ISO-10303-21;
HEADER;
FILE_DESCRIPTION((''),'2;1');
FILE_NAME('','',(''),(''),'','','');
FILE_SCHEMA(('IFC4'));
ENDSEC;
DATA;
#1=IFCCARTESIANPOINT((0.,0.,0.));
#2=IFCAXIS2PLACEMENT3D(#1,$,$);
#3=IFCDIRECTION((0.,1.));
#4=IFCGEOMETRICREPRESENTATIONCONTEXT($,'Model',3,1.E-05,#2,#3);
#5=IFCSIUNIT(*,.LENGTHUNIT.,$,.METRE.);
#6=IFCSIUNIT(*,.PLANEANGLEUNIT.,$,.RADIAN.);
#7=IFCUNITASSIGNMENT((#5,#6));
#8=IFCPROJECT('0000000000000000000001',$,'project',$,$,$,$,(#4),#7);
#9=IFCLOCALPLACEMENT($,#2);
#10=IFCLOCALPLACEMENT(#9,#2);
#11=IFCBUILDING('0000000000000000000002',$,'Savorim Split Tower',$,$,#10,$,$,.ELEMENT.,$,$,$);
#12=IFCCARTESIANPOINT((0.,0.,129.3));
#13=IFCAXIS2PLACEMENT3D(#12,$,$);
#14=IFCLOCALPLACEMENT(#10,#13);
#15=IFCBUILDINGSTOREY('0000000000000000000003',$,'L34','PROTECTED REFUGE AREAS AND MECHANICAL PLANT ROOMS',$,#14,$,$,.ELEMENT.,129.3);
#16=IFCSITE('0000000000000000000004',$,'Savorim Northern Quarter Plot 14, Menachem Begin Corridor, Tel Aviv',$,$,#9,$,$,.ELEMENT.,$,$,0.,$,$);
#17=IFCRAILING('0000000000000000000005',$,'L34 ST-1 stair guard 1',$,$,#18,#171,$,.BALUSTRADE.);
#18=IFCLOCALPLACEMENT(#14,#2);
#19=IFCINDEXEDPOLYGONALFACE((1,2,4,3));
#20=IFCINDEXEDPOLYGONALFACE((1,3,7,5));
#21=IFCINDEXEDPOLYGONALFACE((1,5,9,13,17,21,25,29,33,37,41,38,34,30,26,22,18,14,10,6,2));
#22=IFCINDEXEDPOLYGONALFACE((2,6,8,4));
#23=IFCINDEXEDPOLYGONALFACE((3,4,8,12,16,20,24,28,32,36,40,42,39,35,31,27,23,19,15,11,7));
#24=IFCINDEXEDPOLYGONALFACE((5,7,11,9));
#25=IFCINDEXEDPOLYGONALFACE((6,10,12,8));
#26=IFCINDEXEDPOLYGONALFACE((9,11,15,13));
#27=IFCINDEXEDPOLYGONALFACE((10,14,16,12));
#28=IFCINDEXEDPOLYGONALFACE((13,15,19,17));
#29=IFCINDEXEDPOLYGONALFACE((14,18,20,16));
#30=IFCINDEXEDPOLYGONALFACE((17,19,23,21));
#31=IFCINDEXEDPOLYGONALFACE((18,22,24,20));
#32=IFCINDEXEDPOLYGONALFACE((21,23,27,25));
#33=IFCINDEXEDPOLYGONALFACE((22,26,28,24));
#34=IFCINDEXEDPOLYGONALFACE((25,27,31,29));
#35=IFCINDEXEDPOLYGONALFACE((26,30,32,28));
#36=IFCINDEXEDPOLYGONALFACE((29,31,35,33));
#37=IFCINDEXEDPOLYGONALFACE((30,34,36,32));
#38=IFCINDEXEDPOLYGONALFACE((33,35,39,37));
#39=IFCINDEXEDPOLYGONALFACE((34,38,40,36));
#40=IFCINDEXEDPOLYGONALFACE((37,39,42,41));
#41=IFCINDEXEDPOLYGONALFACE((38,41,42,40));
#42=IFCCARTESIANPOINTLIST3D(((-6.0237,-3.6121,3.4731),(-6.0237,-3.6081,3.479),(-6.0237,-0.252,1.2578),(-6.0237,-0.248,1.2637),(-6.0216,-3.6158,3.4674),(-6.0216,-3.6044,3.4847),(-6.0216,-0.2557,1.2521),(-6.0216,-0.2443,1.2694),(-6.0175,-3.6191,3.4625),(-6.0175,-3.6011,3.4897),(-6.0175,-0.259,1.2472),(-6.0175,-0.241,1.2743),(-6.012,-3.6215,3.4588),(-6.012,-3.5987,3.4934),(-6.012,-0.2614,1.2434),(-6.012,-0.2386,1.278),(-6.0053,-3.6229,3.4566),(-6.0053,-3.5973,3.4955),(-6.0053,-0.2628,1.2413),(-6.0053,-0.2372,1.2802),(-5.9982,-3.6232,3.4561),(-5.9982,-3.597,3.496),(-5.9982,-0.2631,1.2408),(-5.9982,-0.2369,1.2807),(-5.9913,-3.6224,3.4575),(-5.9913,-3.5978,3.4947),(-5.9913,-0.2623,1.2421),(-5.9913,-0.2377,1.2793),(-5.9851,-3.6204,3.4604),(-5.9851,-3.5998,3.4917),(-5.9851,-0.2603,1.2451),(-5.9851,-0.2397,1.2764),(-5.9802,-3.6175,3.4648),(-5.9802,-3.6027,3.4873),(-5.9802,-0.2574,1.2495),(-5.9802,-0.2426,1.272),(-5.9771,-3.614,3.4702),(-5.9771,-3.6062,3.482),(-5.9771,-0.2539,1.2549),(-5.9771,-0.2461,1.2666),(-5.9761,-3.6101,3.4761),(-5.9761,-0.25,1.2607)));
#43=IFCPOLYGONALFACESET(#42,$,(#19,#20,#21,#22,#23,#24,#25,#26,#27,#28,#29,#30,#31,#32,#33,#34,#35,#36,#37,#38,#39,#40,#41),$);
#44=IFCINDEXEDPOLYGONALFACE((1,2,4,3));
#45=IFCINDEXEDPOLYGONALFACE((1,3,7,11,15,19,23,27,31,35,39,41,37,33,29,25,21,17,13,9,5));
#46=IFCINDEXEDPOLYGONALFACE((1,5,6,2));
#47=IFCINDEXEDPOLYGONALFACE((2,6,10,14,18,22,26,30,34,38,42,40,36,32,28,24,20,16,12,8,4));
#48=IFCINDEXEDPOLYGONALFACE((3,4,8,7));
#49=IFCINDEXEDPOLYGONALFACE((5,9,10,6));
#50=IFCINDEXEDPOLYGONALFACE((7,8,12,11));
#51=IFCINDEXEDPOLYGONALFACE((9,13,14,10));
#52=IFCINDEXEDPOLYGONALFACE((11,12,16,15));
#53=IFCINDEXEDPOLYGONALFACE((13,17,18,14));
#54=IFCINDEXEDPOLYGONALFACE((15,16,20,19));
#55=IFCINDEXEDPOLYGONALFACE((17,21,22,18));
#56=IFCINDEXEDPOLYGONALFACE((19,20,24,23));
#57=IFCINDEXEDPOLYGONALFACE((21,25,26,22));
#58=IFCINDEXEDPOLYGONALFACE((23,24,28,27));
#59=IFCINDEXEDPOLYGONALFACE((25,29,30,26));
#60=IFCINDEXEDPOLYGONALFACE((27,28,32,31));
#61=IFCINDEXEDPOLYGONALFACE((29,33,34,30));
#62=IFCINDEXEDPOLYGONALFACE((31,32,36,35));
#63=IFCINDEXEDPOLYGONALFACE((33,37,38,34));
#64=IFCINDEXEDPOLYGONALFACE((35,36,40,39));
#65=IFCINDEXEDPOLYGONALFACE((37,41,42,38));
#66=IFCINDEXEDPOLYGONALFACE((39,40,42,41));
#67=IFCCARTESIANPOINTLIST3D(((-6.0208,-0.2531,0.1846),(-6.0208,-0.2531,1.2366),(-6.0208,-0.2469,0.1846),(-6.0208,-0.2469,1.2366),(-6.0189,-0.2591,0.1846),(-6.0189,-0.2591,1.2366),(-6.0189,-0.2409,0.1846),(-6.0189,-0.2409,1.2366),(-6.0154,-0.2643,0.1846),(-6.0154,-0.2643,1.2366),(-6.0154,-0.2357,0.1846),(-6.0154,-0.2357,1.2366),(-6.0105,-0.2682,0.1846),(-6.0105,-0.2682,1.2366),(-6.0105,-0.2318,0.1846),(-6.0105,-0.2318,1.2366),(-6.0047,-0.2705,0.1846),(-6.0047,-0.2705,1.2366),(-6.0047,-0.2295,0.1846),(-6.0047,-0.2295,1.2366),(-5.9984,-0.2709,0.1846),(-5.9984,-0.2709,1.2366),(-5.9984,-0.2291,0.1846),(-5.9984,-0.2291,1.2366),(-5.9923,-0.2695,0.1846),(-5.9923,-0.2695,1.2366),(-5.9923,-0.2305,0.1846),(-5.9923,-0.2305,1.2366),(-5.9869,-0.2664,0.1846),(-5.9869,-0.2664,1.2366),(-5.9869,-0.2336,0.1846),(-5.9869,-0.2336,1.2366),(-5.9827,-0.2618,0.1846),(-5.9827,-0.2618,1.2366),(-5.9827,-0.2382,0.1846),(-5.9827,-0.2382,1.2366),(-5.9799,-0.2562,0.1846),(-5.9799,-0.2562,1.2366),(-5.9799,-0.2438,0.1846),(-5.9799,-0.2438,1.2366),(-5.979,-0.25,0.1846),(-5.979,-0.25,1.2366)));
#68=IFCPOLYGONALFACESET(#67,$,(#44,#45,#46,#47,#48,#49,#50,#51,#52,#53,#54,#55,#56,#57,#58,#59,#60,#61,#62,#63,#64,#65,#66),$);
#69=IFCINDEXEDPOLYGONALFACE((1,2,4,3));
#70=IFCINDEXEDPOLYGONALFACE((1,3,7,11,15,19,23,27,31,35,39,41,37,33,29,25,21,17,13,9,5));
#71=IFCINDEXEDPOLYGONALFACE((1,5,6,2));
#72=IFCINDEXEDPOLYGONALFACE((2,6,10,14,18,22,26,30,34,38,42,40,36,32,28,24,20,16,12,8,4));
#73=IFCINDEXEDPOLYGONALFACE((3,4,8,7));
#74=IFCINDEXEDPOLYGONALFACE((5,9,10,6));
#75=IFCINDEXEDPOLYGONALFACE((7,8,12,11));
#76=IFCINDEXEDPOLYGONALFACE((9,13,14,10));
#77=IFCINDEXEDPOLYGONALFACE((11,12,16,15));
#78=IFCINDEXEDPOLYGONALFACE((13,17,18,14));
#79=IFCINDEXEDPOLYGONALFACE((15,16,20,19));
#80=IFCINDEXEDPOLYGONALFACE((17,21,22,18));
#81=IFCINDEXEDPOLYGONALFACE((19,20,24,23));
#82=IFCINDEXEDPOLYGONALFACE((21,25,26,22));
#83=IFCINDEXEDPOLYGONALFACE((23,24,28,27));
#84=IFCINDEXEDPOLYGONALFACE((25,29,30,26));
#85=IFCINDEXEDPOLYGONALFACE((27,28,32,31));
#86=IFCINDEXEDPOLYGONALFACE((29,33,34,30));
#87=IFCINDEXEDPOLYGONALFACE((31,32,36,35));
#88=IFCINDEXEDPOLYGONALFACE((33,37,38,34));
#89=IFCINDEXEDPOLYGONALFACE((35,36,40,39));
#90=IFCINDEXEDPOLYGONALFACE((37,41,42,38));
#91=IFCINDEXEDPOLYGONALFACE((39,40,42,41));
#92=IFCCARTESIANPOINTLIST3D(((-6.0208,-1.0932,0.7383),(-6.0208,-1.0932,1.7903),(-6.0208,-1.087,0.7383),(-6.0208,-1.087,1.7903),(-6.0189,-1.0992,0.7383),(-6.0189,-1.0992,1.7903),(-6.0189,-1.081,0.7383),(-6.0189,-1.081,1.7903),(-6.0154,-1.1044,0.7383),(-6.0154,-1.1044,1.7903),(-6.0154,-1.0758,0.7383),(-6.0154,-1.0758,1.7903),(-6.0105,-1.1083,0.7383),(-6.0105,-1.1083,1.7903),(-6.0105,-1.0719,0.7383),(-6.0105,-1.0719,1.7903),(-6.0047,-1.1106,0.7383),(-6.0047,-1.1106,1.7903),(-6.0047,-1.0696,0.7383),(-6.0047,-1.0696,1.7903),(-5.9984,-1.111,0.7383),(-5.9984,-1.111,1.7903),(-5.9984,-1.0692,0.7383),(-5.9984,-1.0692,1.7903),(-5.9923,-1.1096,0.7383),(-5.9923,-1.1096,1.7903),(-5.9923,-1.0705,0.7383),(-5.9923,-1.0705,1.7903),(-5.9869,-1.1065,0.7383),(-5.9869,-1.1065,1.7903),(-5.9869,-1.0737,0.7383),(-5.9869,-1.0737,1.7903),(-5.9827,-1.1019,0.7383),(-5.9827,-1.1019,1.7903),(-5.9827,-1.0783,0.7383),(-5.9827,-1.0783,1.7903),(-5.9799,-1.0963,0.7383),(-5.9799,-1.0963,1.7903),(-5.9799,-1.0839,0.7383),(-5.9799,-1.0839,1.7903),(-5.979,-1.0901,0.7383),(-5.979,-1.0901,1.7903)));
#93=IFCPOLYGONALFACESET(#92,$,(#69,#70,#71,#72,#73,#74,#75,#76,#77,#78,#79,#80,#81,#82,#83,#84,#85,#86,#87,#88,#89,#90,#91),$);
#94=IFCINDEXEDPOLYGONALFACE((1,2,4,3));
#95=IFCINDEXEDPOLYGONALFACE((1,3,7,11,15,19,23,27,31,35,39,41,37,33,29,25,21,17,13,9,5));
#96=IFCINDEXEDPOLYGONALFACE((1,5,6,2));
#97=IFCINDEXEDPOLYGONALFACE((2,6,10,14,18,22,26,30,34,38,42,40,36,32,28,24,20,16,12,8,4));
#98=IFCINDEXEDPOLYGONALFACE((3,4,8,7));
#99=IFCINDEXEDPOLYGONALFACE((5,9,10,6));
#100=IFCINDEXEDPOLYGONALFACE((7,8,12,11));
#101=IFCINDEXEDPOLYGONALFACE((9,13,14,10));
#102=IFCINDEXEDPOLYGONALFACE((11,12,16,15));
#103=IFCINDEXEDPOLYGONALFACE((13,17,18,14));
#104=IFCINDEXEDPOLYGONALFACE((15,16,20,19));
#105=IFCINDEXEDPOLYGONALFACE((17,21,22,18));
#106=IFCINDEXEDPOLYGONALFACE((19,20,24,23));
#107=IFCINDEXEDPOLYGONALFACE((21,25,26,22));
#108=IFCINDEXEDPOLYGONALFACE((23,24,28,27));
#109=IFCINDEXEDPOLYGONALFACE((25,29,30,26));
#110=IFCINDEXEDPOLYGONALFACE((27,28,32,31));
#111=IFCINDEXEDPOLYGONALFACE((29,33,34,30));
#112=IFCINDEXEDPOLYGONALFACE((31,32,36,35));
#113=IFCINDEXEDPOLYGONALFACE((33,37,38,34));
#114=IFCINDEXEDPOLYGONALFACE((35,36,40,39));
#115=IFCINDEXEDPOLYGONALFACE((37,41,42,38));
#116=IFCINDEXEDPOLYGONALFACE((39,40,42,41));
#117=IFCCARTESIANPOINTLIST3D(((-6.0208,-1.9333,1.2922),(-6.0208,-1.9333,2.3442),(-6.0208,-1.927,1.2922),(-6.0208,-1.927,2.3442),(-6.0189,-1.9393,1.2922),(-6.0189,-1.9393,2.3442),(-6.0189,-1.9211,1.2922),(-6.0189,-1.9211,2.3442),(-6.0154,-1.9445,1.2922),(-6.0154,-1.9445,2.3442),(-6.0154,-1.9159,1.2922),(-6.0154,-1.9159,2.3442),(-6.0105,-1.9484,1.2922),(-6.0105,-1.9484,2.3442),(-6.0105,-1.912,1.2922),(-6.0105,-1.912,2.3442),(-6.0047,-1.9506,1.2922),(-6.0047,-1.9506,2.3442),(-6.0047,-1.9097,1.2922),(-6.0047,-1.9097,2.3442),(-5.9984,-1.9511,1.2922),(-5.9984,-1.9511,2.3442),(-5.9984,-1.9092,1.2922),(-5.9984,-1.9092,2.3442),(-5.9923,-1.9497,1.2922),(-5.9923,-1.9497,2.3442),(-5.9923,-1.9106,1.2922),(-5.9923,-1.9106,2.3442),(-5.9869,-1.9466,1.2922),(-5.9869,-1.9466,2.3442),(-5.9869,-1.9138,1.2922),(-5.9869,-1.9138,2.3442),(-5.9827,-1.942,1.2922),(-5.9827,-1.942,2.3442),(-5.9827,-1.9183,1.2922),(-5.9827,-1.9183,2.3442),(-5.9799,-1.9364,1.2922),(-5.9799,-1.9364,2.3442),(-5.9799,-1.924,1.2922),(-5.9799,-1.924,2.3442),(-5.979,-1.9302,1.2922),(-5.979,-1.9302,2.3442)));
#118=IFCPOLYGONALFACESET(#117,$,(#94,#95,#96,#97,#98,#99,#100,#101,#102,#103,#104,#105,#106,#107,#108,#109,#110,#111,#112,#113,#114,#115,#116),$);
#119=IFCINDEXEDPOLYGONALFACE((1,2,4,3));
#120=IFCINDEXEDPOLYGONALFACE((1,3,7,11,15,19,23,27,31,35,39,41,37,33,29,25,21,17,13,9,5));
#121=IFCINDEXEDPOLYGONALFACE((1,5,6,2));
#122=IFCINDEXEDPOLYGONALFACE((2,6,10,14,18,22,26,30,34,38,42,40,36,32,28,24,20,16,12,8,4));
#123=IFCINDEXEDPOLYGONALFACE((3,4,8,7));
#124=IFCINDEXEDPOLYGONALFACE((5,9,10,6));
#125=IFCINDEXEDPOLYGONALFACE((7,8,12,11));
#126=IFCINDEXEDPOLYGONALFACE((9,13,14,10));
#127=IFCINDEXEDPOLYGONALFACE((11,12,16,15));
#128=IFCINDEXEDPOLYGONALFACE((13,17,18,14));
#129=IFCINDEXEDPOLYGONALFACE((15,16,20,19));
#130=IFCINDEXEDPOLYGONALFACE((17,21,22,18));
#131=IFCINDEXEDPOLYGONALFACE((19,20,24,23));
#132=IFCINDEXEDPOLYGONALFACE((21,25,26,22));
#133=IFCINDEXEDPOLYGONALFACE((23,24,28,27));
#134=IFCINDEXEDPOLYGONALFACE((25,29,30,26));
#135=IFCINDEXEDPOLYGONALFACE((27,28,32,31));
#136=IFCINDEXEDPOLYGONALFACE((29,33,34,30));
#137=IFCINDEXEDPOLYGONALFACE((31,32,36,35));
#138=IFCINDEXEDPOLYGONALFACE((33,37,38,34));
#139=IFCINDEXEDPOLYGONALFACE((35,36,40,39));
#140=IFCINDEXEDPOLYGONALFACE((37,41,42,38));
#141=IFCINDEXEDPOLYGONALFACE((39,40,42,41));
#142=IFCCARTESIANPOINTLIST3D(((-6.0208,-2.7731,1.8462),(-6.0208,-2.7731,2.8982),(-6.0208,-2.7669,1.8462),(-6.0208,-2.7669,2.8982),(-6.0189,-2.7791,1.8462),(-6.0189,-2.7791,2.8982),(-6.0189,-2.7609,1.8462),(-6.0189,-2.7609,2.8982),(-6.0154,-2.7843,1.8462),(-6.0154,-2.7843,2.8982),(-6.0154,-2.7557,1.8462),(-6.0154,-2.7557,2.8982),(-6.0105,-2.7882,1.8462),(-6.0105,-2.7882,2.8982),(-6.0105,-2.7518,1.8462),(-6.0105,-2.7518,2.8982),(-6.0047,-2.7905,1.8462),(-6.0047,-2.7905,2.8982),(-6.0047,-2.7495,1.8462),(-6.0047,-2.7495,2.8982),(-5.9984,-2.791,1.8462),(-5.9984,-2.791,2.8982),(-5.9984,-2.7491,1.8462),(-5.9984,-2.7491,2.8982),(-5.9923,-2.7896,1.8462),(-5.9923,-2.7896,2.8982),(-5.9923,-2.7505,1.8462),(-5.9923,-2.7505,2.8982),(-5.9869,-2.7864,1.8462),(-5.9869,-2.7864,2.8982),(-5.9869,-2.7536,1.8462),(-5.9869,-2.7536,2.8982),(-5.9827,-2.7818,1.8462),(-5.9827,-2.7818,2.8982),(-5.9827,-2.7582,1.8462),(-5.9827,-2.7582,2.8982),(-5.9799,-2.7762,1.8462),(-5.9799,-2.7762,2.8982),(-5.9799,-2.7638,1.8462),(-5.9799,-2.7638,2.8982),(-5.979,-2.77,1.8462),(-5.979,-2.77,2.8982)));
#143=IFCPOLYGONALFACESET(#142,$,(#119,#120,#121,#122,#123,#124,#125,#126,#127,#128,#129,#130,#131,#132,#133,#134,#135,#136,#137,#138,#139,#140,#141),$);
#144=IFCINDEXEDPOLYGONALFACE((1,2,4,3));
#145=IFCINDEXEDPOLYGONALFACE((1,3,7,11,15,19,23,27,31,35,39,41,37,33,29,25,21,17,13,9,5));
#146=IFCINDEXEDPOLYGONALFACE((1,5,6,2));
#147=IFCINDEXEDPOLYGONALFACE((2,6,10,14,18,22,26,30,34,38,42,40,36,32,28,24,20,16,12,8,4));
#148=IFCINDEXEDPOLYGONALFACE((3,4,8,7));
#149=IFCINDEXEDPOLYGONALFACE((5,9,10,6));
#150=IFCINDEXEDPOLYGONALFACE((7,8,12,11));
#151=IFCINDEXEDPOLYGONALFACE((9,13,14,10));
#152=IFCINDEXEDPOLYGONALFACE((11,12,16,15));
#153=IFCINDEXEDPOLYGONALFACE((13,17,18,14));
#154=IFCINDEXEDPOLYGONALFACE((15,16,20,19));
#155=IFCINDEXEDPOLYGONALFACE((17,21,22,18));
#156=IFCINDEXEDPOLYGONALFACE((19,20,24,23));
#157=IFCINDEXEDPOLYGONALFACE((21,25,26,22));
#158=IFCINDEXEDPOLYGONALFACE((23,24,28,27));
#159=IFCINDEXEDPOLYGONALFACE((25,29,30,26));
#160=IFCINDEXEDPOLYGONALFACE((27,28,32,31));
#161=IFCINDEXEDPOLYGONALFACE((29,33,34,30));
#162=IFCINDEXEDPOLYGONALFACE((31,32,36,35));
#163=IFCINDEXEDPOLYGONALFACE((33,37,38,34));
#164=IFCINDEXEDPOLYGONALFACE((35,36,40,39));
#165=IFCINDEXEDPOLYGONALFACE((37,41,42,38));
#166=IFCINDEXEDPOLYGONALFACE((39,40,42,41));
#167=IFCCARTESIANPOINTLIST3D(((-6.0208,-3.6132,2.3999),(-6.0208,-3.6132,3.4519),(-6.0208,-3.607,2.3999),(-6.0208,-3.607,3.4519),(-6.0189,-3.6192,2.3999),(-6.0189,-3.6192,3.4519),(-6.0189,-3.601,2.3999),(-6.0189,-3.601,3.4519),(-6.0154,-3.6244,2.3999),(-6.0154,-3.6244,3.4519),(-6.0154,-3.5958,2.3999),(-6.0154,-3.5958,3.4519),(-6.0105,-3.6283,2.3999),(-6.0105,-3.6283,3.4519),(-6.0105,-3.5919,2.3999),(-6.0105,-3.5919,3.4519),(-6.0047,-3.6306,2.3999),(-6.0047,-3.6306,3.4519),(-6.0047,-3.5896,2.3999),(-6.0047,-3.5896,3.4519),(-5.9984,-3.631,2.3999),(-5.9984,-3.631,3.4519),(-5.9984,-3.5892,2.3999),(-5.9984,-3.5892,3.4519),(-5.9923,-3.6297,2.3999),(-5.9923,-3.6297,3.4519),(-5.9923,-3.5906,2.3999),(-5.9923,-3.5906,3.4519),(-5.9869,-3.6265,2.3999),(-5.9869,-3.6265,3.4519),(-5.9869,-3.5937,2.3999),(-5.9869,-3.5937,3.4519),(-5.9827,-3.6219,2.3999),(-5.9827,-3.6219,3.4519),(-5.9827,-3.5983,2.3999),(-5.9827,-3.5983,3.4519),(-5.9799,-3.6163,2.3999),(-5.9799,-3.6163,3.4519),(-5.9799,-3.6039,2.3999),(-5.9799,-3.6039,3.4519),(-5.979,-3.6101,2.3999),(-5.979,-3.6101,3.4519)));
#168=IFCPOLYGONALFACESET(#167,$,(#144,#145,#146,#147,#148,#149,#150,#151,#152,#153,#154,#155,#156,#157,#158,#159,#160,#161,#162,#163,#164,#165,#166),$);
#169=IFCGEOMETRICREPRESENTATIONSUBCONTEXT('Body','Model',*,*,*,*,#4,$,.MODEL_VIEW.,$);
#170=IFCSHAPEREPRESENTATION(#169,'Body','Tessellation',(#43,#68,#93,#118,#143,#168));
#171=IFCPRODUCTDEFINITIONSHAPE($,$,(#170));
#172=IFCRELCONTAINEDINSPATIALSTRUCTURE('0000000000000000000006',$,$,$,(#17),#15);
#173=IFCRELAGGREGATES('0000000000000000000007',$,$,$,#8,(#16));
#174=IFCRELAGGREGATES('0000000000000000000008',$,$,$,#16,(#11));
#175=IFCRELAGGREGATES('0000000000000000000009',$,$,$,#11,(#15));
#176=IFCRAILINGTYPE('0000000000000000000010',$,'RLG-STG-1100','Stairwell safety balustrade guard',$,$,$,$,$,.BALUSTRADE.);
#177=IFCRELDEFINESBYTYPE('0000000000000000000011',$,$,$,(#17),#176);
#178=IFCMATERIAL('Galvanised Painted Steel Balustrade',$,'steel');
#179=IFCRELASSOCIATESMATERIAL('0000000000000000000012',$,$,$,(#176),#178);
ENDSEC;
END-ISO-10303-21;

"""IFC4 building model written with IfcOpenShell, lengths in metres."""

from ifc_helpers import new_model, si_unit, direction, frame, origin, origin_2d, place, context, subcontext, project, spatial, circle, extrude, material, type_object, element, save


model = new_model("IFC4")

# Units and contexts
model_context = context("Model", 3, precision=1e-05, world=origin(), true_north=direction((0.0, 1.0)))
body_context = subcontext(model_context, "Body", "Model", "MODEL_VIEW")
ifc_project = project(units=[si_unit("LENGTHUNIT", "METRE"), si_unit("PLANEANGLEUNIT", "RADIAN")], contexts=[model_context])

# Site, building, storey
site_placement = place(None, origin())
site = spatial("IfcSite", under=ifc_project, at=site_placement, Name="Savorim Northern Quarter Plot 14, Menachem Begin Corridor, Tel Aviv", CompositionType="ELEMENT", RefElevation=0.0)
building_placement = place(site_placement, origin())
building = spatial("IfcBuilding", under=site, at=building_placement, Name="Savorim Split Tower", CompositionType="ELEMENT")
storey_placement = place(building_placement, frame((0.0, 0.0, 129.3)))
storey = spatial("IfcBuildingStorey", under=building, at=storey_placement, Name="L34", Description="PROTECTED REFUGE AREAS AND MECHANICAL PLANT ROOMS", CompositionType="ELEMENT", Elevation=129.3)

# Railing
ifc_material_1 = material(Name="Galvanised Painted Steel Balustrade", Category="steel")
railing_type_1 = type_object("IfcRailingType", Name="RLG-STG-1100", Description="Stairwell safety balustrade guard", PredefinedType="BALUSTRADE", material=ifc_material_1)
railing_1_placement = place(storey_placement, frame((-6.0, -0.25, 0.1846)))
element("IfcRailing", 1, at=railing_1_placement, inside=storey, type_object=railing_type_1, Name="L34 ST-1 stair guard 1", PredefinedType="BALUSTRADE", context=body_context, shape_type="SweptSolid", body=[
    extrude(circle(Radius=0.0239, at=origin_2d()), frame((0.0, 0.0, 1.0762), z_axis=(0.0, -0.834876, 0.550437), x_axis=(1.0, 0.0, 0.0)), (0.0, 0.0, 1.0), 4.0247),
    extrude(circle(Radius=0.021, at=origin_2d()), origin(), (0.0, 0.0, 1.0), 1.052),
    extrude(circle(Radius=0.021, at=origin_2d()), frame((0.0, -0.8401, 0.5537)), (0.0, 0.0, 1.0), 1.052),
    extrude(circle(Radius=0.021, at=origin_2d()), frame((0.0, -1.6802, 1.1077)), (0.0, 0.0, 1.0), 1.052),
    extrude(circle(Radius=0.021, at=origin_2d()), frame((0.0, -2.52, 1.6616)), (0.0, 0.0, 1.0), 1.052),
    extrude(circle(Radius=0.021, at=origin_2d()), frame((0.0, -3.3601, 2.2153)), (0.0, 0.0, 1.0), 1.052),
])

save(model, "model.ifc")
